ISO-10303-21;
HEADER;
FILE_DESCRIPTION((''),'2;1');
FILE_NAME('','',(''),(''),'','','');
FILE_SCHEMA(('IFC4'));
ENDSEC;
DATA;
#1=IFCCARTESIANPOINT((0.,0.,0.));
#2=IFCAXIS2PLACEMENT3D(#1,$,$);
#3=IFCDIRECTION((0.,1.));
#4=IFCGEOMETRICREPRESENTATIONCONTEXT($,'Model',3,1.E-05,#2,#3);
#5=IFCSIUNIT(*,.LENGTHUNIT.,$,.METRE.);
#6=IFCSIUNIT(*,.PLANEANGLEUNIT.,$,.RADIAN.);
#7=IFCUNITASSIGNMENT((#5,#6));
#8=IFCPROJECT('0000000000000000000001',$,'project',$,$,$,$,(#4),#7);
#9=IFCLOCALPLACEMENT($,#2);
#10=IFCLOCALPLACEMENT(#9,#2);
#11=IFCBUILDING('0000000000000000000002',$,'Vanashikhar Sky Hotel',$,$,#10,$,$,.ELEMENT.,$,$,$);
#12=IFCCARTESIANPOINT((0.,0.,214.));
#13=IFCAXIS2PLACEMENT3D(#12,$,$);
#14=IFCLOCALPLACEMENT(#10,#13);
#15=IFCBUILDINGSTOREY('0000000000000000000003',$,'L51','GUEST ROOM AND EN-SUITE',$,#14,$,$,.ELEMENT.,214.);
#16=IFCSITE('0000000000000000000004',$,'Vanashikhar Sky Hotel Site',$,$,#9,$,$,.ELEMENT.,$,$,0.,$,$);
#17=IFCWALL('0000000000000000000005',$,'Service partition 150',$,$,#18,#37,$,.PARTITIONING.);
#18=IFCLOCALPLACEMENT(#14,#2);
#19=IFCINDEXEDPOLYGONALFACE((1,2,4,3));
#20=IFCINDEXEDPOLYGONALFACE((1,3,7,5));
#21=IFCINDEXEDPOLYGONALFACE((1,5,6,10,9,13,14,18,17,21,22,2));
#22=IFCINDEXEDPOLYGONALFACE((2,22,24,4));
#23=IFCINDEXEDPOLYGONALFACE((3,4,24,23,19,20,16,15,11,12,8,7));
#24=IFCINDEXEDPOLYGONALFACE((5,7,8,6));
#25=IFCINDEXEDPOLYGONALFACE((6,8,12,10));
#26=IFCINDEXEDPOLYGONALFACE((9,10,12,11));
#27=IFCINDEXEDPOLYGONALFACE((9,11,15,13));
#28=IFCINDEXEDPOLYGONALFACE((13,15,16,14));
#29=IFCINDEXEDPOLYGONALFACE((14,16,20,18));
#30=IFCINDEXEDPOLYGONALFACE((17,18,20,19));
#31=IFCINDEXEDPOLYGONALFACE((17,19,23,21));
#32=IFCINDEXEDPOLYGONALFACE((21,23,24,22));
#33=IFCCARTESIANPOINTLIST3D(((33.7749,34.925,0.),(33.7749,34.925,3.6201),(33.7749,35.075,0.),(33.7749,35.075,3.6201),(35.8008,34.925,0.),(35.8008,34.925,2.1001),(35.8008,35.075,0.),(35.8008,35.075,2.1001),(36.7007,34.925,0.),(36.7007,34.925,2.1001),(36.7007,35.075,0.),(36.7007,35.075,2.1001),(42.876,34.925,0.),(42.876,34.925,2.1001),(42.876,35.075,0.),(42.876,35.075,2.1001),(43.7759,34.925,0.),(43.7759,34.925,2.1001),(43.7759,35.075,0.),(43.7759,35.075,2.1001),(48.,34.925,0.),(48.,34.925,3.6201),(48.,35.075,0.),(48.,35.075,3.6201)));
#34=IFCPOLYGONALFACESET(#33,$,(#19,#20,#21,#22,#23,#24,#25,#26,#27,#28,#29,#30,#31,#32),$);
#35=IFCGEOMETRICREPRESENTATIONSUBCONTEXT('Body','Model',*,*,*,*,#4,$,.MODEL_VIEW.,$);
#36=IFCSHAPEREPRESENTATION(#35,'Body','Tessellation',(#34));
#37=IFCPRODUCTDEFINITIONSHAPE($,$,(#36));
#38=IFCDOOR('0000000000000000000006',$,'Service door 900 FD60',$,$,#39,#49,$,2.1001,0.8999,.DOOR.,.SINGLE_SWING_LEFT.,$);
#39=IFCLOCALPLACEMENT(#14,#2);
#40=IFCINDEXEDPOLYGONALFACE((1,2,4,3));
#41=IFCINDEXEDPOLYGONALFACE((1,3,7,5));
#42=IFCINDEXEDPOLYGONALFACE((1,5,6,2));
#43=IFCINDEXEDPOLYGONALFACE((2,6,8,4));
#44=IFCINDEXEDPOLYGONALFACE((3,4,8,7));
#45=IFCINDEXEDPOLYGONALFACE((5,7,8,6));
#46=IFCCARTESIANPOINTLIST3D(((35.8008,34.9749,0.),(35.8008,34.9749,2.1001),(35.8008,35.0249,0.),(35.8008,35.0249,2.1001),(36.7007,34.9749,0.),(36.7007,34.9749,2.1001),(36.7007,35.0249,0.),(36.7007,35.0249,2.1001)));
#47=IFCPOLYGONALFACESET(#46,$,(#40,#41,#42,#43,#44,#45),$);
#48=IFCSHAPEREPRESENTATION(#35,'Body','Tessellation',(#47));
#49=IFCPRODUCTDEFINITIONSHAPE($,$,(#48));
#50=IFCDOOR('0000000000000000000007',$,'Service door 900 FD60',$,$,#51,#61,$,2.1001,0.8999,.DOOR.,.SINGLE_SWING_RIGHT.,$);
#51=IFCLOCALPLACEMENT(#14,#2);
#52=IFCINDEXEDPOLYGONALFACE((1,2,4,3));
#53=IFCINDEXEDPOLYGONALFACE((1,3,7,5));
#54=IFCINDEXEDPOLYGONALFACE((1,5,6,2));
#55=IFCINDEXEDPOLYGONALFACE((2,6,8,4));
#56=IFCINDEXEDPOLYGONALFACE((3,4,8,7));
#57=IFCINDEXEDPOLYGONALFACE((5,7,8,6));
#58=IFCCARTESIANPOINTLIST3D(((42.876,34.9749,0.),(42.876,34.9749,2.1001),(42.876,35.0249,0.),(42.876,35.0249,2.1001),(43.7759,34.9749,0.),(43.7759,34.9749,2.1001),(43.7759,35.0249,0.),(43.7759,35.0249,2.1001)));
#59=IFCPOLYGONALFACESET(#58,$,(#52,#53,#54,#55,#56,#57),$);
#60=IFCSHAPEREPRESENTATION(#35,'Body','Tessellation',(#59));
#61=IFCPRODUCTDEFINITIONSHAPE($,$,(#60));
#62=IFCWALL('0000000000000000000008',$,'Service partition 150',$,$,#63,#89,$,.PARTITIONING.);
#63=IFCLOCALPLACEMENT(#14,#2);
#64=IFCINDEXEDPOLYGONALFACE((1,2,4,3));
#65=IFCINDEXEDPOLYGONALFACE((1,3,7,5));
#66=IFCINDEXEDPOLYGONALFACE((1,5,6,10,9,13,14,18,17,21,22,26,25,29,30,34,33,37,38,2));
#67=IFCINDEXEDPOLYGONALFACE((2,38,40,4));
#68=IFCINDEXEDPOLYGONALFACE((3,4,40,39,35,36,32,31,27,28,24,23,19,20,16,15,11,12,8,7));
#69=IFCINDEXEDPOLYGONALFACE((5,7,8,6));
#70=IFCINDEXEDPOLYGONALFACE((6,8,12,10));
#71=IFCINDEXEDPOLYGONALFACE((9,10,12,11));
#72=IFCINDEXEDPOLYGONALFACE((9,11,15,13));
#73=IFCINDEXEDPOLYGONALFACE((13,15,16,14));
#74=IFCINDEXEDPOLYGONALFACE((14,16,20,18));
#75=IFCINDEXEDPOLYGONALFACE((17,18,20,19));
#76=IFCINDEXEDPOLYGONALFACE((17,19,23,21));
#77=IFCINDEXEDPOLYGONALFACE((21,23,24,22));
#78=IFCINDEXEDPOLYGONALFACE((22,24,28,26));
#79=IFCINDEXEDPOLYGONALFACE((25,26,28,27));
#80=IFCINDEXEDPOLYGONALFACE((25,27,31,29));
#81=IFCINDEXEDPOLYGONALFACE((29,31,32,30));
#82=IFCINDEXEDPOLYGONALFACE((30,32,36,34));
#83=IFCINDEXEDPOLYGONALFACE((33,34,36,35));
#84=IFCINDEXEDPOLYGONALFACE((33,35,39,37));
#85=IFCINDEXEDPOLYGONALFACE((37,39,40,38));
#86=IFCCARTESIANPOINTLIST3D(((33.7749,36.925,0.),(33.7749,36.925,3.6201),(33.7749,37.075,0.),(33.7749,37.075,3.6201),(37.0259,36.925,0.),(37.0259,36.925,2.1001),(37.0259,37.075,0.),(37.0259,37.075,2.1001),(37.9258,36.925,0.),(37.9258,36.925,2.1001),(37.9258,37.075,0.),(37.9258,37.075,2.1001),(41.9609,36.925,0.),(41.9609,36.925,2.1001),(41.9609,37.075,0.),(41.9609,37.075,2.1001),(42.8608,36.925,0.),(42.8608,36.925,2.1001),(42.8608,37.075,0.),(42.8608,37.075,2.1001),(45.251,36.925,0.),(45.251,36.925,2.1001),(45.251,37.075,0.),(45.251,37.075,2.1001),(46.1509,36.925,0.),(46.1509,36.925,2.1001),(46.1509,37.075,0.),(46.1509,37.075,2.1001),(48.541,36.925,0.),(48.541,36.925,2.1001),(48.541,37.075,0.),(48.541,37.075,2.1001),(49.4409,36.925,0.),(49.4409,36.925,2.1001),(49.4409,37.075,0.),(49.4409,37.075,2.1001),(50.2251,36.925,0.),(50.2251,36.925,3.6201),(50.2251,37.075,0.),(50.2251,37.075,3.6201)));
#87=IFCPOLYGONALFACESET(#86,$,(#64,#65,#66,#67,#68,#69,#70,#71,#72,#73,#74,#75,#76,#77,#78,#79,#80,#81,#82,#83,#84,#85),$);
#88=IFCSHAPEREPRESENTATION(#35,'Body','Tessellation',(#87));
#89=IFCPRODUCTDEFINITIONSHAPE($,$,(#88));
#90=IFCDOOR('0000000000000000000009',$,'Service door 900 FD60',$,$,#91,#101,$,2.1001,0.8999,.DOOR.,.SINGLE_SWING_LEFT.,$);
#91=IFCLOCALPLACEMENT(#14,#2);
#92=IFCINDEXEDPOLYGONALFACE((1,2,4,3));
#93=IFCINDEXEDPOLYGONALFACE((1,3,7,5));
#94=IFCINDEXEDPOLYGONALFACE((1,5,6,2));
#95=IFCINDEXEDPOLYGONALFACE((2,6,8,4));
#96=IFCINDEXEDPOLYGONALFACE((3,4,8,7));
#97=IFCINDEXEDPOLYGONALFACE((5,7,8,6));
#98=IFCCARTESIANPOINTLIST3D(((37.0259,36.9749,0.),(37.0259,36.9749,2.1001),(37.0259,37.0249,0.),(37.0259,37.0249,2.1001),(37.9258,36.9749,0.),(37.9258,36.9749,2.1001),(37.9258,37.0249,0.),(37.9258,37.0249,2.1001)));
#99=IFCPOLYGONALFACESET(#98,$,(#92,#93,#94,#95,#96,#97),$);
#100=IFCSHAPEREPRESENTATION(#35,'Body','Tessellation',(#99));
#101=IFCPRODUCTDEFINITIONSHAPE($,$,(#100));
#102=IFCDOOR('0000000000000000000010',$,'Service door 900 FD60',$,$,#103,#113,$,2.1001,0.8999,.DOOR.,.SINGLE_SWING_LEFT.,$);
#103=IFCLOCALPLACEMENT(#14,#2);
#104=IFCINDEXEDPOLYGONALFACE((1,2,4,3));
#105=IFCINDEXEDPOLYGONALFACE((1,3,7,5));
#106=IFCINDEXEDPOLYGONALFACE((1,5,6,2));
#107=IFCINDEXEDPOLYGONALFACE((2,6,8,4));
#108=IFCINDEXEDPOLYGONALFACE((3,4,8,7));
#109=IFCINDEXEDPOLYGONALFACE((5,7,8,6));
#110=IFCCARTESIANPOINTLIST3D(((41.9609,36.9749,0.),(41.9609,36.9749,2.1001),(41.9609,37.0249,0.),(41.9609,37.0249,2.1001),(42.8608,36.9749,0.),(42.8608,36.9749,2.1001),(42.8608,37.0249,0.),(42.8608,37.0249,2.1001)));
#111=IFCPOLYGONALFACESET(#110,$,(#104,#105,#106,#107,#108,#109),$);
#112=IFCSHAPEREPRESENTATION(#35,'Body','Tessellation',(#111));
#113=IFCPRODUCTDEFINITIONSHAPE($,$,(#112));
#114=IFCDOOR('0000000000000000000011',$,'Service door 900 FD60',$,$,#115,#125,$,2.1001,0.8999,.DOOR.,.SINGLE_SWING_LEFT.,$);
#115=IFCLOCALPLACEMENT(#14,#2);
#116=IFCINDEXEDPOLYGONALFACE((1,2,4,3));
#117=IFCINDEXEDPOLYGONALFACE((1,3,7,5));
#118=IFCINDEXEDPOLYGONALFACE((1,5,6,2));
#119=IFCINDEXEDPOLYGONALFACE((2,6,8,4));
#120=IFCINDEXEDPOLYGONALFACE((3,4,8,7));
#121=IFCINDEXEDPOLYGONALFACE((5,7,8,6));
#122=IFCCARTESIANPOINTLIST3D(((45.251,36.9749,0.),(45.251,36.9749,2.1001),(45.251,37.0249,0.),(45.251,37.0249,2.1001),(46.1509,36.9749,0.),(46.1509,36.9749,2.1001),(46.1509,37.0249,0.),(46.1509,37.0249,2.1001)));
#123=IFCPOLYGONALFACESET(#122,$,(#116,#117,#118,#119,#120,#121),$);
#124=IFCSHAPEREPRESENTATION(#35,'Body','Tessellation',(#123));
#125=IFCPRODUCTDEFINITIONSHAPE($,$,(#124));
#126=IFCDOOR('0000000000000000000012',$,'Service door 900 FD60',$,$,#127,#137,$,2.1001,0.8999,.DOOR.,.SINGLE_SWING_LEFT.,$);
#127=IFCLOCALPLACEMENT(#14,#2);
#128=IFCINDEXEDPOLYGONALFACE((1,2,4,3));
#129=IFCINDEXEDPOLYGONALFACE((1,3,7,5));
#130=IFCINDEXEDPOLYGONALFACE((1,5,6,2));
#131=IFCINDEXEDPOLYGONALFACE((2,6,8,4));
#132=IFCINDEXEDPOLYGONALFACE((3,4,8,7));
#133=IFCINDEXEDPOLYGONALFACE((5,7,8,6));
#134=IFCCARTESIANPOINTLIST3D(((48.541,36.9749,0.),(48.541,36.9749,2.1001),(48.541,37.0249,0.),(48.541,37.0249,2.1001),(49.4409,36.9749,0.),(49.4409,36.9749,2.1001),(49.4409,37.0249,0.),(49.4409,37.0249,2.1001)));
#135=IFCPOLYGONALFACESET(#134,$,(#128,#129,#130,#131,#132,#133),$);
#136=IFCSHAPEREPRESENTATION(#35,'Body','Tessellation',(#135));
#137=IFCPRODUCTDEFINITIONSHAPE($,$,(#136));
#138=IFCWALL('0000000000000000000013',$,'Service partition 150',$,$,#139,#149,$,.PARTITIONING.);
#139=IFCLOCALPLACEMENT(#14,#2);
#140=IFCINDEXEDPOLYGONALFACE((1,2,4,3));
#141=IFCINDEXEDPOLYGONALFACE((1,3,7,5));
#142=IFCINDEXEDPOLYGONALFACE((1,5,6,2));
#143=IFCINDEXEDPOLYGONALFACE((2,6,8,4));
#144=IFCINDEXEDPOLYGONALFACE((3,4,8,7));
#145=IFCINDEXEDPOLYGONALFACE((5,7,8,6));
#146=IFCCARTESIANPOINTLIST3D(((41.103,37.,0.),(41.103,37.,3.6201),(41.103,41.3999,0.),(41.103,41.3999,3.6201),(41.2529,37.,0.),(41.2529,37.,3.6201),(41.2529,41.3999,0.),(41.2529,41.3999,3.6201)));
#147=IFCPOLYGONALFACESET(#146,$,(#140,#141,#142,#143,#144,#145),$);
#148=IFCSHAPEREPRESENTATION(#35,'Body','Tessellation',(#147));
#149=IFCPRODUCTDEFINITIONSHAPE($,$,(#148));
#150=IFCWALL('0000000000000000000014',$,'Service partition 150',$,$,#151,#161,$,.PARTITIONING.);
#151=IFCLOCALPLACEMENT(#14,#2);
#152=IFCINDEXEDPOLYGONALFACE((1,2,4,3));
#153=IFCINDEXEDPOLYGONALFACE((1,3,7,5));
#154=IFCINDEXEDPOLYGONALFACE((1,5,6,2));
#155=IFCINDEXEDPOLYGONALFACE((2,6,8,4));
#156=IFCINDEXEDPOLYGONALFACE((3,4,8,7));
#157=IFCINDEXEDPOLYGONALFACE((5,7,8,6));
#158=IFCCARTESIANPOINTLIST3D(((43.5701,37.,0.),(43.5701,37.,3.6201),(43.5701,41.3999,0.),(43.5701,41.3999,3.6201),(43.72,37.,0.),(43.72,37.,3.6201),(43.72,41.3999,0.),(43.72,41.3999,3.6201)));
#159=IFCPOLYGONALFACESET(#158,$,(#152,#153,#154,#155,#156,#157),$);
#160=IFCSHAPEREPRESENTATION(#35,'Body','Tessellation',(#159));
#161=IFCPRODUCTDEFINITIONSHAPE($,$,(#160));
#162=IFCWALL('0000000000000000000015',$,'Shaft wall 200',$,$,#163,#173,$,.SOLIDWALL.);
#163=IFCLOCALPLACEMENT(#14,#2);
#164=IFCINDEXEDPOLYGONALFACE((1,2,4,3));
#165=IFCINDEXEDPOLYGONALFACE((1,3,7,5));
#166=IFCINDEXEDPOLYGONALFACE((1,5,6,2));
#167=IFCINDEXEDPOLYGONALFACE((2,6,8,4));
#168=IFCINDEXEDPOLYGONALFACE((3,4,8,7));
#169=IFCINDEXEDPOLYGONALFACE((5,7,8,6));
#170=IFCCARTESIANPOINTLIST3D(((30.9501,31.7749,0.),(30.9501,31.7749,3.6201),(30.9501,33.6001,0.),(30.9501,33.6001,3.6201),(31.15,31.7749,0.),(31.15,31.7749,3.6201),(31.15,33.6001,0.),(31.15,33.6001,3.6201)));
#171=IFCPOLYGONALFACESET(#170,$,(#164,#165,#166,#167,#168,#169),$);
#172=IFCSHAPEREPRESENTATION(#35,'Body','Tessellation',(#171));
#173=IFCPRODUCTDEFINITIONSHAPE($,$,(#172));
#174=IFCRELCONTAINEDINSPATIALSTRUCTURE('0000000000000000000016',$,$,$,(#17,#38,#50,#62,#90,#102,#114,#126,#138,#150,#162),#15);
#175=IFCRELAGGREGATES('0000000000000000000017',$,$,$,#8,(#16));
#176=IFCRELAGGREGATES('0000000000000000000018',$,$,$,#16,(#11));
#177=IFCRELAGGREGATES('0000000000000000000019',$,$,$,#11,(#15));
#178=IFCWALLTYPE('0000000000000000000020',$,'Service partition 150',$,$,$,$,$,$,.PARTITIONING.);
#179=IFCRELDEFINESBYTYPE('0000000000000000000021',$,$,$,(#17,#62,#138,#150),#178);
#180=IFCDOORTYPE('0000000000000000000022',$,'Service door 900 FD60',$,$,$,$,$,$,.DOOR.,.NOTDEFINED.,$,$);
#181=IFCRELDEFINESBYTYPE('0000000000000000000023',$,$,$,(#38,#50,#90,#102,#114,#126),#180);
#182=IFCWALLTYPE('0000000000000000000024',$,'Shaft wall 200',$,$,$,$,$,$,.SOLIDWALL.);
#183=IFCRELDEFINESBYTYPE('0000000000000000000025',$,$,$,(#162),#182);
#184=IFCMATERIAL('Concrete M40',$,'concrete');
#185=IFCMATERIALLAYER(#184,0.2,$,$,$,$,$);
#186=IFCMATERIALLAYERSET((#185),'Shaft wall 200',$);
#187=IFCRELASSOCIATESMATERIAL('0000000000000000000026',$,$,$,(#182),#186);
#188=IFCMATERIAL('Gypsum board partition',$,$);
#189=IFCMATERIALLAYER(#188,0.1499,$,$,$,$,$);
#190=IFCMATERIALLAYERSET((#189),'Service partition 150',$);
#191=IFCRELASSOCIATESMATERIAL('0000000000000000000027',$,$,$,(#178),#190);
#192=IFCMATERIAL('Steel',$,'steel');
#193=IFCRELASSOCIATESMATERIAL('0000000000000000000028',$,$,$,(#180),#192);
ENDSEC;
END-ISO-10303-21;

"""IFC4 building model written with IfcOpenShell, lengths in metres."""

from ifc_helpers import new_model, si_unit, direction, frame, frame_2d, origin, place, context, subcontext, project, spatial, rectangle, extrude, source, transform, mapped, material, layer, layer_set, type_object, element, fill, save


model = new_model("IFC4")

# Units and contexts
model_context = context("Model", 3, precision=1e-05, world=origin(), true_north=direction((0.0, 1.0)))
body_context = subcontext(model_context, "Body", "Model", "MODEL_VIEW")
ifc_project = project(units=[si_unit("LENGTHUNIT", "METRE"), si_unit("PLANEANGLEUNIT", "RADIAN")], contexts=[model_context])

# Site, building, storey
site_placement = place(None, origin())
site = spatial("IfcSite", under=ifc_project, at=site_placement, Name="Vanashikhar Sky Hotel Site", CompositionType="ELEMENT", RefElevation=0.0)
building_placement = place(site_placement, origin())
building = spatial("IfcBuilding", under=site, at=building_placement, Name="Vanashikhar Sky Hotel", CompositionType="ELEMENT")
storey_placement = place(building_placement, frame((0.0, 0.0, 214.0)))
storey = spatial("IfcBuildingStorey", under=building, at=storey_placement, Name="L51", Description="GUEST ROOM AND EN-SUITE", CompositionType="ELEMENT", Elevation=214.0)

# Shared definitions
ifc_material_1 = material(Name="Steel", Category="steel")

# Shared definitions
ifc_material_2 = material(Name="Concrete M40", Category="concrete")
ifc_layer_1 = layer(ifc_material_2, 0.2)
ifc_layer_set_1 = layer_set([ifc_layer_1], Name="Shaft wall 200")
wall_type_1 = type_object("IfcWallType", Name="Shaft wall 200", PredefinedType="SOLIDWALL", material=ifc_layer_set_1)

# Shared definitions
ifc_material_3 = material(Name="Gypsum board partition")
ifc_layer_2 = layer(ifc_material_3, 0.1499)
ifc_layer_set_2 = layer_set([ifc_layer_2], Name="Service partition 150")
wall_type_2 = type_object("IfcWallType", Name="Service partition 150", PredefinedType="PARTITIONING", material=ifc_layer_set_2)

# Walls, openings, doors
shared_shape_1 = source(origin(), body_context, "Body", "SweptSolid", [
    extrude(rectangle(XDim=14.2251, YDim=0.1499, at=frame_2d((7.1125, 0.0))), origin(), (0.0, 0.0, 1.0), 3.6201),
])
wall_1_placement = place(storey_placement, frame((33.7749, 35.0, 0.0), z_axis=(0.0, 0.0, 1.0), x_axis=(1.0, 0.0, 0.0)))
wall_1 = element("IfcWall", 1, at=wall_1_placement, inside=storey, type_object=wall_type_2, Name="Service partition 150", PredefinedType="PARTITIONING", context=body_context, shape_type="MappedRepresentation", body=[
    mapped(shared_shape_1, transform((0.0, 0.0, 0.0), scale=1.0)),
])
shared_shape_2 = source(origin(), body_context, "Body", "SweptSolid", [
    extrude(rectangle(XDim=0.8999, YDim=2.1001, at=frame_2d((0.45, 1.05))), frame((0.0, 0.085, 0.0), z_axis=(0.0, -1.0, 0.0), x_axis=(1.0, 0.0, 0.0)), (0.0, 0.0, 1.0), 0.1699),
])
opening_1_placement = place(wall_1_placement, frame((2.0259, 0.0, 0.0)))
opening_1 = element("IfcOpeningElement", 2, at=opening_1_placement, cuts=wall_1, PredefinedType="OPENING", context=body_context, shape_type="MappedRepresentation", body=[
    mapped(shared_shape_2, transform((0.0, 0.0, 0.0), scale=1.0)),
])
opening_2_placement = place(wall_1_placement, frame((9.1011, 0.0, 0.0)))
opening_2 = element("IfcOpeningElement", 3, at=opening_2_placement, cuts=wall_1, PredefinedType="OPENING", context=body_context, shape_type="MappedRepresentation", body=[
    mapped(shared_shape_2, transform((0.0, 0.0, 0.0), scale=1.0)),
])
door_type_1 = type_object("IfcDoorType", Name="Service door 900 FD60", OperationType="NOTDEFINED", PredefinedType="DOOR", material=ifc_material_1)
shared_shape_3 = source(origin(), body_context, "Body", "SweptSolid", [
    extrude(rectangle(XDim=0.8999, YDim=2.1001, at=frame_2d((0.45, 1.05))), frame((0.0, 0.0249, 0.0), z_axis=(0.0, -1.0, 0.0), x_axis=(1.0, 0.0, 0.0)), (0.0, 0.0, 1.0), 0.05),
])
door_1_placement = place(opening_1_placement, origin())
door_1 = element("IfcDoor", 4, at=door_1_placement, inside=storey, type_object=door_type_1, Name="Service door 900 FD60", OperationType="SINGLE_SWING_LEFT", OverallHeight=2.1001, OverallWidth=0.8999, PredefinedType="DOOR", context=body_context, shape_type="MappedRepresentation", body=[
    mapped(shared_shape_3, transform((0.0, 0.0, 0.0), scale=1.0)),
])
fill(opening_1, door_1)
door_2_placement = place(opening_2_placement, origin())
door_2 = element("IfcDoor", 5, at=door_2_placement, inside=storey, type_object=door_type_1, Name="Service door 900 FD60", OperationType="SINGLE_SWING_RIGHT", OverallHeight=2.1001, OverallWidth=0.8999, PredefinedType="DOOR", context=body_context, shape_type="MappedRepresentation", body=[
    mapped(shared_shape_3, transform((0.0, 0.0, 0.0), scale=1.0)),
])
fill(opening_2, door_2)
shared_shape_4 = source(origin(), body_context, "Body", "SweptSolid", [
    extrude(rectangle(XDim=16.4502, YDim=0.1499, at=frame_2d((8.2251, 0.0))), origin(), (0.0, 0.0, 1.0), 3.6201),
])
wall_2_placement = place(storey_placement, frame((33.7749, 37.0, 0.0), z_axis=(0.0, 0.0, 1.0), x_axis=(1.0, 0.0, 0.0)))
wall_2 = element("IfcWall", 6, at=wall_2_placement, inside=storey, type_object=wall_type_2, Name="Service partition 150", PredefinedType="PARTITIONING", context=body_context, shape_type="MappedRepresentation", body=[
    mapped(shared_shape_4, transform((0.0, 0.0, 0.0), scale=1.0)),
])
opening_3_placement = place(wall_2_placement, frame((3.251, 0.0, 0.0)))
opening_3 = element("IfcOpeningElement", 7, at=opening_3_placement, cuts=wall_2, PredefinedType="OPENING", context=body_context, shape_type="MappedRepresentation", body=[
    mapped(shared_shape_2, transform((0.0, 0.0, 0.0), scale=1.0)),
])
opening_4_placement = place(wall_2_placement, frame((8.186, 0.0, 0.0)))
opening_4 = element("IfcOpeningElement", 8, at=opening_4_placement, cuts=wall_2, PredefinedType="OPENING", context=body_context, shape_type="MappedRepresentation", body=[
    mapped(shared_shape_2, transform((0.0, 0.0, 0.0), scale=1.0)),
])
opening_5_placement = place(wall_2_placement, frame((11.4761, 0.0, 0.0)))
opening_5 = element("IfcOpeningElement", 9, at=opening_5_placement, cuts=wall_2, PredefinedType="OPENING", context=body_context, shape_type="MappedRepresentation", body=[
    mapped(shared_shape_2, transform((0.0, 0.0, 0.0), scale=1.0)),
])
opening_6_placement = place(wall_2_placement, frame((14.7661, 0.0, 0.0)))
opening_6 = element("IfcOpeningElement", 10, at=opening_6_placement, cuts=wall_2, PredefinedType="OPENING", context=body_context, shape_type="MappedRepresentation", body=[
    mapped(shared_shape_2, transform((0.0, 0.0, 0.0), scale=1.0)),
])
door_3_placement = place(opening_3_placement, origin())
door_3 = element("IfcDoor", 11, at=door_3_placement, inside=storey, type_object=door_type_1, Name="Service door 900 FD60", OperationType="SINGLE_SWING_LEFT", OverallHeight=2.1001, OverallWidth=0.8999, PredefinedType="DOOR", context=body_context, shape_type="MappedRepresentation", body=[
    mapped(shared_shape_3, transform((0.0, 0.0, 0.0), scale=1.0)),
])
fill(opening_3, door_3)
door_4_placement = place(opening_4_placement, origin())
door_4 = element("IfcDoor", 12, at=door_4_placement, inside=storey, type_object=door_type_1, Name="Service door 900 FD60", OperationType="SINGLE_SWING_LEFT", OverallHeight=2.1001, OverallWidth=0.8999, PredefinedType="DOOR", context=body_context, shape_type="MappedRepresentation", body=[
    mapped(shared_shape_3, transform((0.0, 0.0, 0.0), scale=1.0)),
])
fill(opening_4, door_4)
door_5_placement = place(opening_5_placement, origin())
door_5 = element("IfcDoor", 13, at=door_5_placement, inside=storey, type_object=door_type_1, Name="Service door 900 FD60", OperationType="SINGLE_SWING_LEFT", OverallHeight=2.1001, OverallWidth=0.8999, PredefinedType="DOOR", context=body_context, shape_type="MappedRepresentation", body=[
    mapped(shared_shape_3, transform((0.0, 0.0, 0.0), scale=1.0)),
])
fill(opening_5, door_5)
door_6_placement = place(opening_6_placement, origin())
door_6 = element("IfcDoor", 14, at=door_6_placement, inside=storey, type_object=door_type_1, Name="Service door 900 FD60", OperationType="SINGLE_SWING_LEFT", OverallHeight=2.1001, OverallWidth=0.8999, PredefinedType="DOOR", context=body_context, shape_type="MappedRepresentation", body=[
    mapped(shared_shape_3, transform((0.0, 0.0, 0.0), scale=1.0)),
])
fill(opening_6, door_6)

# Walls
shared_shape_5 = source(origin(), body_context, "Body", "SweptSolid", [
    extrude(rectangle(XDim=4.3999, YDim=0.1499, at=frame_2d((2.2, 0.0))), origin(), (0.0, 0.0, 1.0), 3.6201),
])
for number, where, z_axis, x_axis, name in (
    (15, (41.178, 37.0, 0.0), (0.0, 0.0, 1.0), (0.0, 1.0, 0.0), "Service partition 150"),
    (16, (43.645, 37.0, 0.0), (0.0, 0.0, 1.0), (0.0, 1.0, 0.0), "Service partition 150"),
):
    element("IfcWall", number, at=place(storey_placement, frame(where, z_axis=z_axis, x_axis=x_axis)), inside=storey, type_object=wall_type_2, Name=name, PredefinedType="PARTITIONING", context=body_context, shape_type="MappedRepresentation", body=[
        mapped(shared_shape_5, transform((0.0, 0.0, 0.0), scale=1.0)),
    ])
shared_shape_6 = source(origin(), body_context, "Body", "SweptSolid", [
    extrude(rectangle(XDim=1.8252, YDim=0.2, at=frame_2d((0.9126, 0.0))), origin(), (0.0, 0.0, 1.0), 3.6201),
])
wall_3_placement = place(storey_placement, frame((31.05, 31.7749, 0.0), z_axis=(0.0, 0.0, 1.0), x_axis=(0.0, 1.0, 0.0)))
element("IfcWall", 17, at=wall_3_placement, inside=storey, type_object=wall_type_1, Name="Shaft wall 200", PredefinedType="SOLIDWALL", context=body_context, shape_type="MappedRepresentation", body=[
    mapped(shared_shape_6, transform((0.0, 0.0, 0.0), scale=1.0)),
])

save(model, "model.ifc")
